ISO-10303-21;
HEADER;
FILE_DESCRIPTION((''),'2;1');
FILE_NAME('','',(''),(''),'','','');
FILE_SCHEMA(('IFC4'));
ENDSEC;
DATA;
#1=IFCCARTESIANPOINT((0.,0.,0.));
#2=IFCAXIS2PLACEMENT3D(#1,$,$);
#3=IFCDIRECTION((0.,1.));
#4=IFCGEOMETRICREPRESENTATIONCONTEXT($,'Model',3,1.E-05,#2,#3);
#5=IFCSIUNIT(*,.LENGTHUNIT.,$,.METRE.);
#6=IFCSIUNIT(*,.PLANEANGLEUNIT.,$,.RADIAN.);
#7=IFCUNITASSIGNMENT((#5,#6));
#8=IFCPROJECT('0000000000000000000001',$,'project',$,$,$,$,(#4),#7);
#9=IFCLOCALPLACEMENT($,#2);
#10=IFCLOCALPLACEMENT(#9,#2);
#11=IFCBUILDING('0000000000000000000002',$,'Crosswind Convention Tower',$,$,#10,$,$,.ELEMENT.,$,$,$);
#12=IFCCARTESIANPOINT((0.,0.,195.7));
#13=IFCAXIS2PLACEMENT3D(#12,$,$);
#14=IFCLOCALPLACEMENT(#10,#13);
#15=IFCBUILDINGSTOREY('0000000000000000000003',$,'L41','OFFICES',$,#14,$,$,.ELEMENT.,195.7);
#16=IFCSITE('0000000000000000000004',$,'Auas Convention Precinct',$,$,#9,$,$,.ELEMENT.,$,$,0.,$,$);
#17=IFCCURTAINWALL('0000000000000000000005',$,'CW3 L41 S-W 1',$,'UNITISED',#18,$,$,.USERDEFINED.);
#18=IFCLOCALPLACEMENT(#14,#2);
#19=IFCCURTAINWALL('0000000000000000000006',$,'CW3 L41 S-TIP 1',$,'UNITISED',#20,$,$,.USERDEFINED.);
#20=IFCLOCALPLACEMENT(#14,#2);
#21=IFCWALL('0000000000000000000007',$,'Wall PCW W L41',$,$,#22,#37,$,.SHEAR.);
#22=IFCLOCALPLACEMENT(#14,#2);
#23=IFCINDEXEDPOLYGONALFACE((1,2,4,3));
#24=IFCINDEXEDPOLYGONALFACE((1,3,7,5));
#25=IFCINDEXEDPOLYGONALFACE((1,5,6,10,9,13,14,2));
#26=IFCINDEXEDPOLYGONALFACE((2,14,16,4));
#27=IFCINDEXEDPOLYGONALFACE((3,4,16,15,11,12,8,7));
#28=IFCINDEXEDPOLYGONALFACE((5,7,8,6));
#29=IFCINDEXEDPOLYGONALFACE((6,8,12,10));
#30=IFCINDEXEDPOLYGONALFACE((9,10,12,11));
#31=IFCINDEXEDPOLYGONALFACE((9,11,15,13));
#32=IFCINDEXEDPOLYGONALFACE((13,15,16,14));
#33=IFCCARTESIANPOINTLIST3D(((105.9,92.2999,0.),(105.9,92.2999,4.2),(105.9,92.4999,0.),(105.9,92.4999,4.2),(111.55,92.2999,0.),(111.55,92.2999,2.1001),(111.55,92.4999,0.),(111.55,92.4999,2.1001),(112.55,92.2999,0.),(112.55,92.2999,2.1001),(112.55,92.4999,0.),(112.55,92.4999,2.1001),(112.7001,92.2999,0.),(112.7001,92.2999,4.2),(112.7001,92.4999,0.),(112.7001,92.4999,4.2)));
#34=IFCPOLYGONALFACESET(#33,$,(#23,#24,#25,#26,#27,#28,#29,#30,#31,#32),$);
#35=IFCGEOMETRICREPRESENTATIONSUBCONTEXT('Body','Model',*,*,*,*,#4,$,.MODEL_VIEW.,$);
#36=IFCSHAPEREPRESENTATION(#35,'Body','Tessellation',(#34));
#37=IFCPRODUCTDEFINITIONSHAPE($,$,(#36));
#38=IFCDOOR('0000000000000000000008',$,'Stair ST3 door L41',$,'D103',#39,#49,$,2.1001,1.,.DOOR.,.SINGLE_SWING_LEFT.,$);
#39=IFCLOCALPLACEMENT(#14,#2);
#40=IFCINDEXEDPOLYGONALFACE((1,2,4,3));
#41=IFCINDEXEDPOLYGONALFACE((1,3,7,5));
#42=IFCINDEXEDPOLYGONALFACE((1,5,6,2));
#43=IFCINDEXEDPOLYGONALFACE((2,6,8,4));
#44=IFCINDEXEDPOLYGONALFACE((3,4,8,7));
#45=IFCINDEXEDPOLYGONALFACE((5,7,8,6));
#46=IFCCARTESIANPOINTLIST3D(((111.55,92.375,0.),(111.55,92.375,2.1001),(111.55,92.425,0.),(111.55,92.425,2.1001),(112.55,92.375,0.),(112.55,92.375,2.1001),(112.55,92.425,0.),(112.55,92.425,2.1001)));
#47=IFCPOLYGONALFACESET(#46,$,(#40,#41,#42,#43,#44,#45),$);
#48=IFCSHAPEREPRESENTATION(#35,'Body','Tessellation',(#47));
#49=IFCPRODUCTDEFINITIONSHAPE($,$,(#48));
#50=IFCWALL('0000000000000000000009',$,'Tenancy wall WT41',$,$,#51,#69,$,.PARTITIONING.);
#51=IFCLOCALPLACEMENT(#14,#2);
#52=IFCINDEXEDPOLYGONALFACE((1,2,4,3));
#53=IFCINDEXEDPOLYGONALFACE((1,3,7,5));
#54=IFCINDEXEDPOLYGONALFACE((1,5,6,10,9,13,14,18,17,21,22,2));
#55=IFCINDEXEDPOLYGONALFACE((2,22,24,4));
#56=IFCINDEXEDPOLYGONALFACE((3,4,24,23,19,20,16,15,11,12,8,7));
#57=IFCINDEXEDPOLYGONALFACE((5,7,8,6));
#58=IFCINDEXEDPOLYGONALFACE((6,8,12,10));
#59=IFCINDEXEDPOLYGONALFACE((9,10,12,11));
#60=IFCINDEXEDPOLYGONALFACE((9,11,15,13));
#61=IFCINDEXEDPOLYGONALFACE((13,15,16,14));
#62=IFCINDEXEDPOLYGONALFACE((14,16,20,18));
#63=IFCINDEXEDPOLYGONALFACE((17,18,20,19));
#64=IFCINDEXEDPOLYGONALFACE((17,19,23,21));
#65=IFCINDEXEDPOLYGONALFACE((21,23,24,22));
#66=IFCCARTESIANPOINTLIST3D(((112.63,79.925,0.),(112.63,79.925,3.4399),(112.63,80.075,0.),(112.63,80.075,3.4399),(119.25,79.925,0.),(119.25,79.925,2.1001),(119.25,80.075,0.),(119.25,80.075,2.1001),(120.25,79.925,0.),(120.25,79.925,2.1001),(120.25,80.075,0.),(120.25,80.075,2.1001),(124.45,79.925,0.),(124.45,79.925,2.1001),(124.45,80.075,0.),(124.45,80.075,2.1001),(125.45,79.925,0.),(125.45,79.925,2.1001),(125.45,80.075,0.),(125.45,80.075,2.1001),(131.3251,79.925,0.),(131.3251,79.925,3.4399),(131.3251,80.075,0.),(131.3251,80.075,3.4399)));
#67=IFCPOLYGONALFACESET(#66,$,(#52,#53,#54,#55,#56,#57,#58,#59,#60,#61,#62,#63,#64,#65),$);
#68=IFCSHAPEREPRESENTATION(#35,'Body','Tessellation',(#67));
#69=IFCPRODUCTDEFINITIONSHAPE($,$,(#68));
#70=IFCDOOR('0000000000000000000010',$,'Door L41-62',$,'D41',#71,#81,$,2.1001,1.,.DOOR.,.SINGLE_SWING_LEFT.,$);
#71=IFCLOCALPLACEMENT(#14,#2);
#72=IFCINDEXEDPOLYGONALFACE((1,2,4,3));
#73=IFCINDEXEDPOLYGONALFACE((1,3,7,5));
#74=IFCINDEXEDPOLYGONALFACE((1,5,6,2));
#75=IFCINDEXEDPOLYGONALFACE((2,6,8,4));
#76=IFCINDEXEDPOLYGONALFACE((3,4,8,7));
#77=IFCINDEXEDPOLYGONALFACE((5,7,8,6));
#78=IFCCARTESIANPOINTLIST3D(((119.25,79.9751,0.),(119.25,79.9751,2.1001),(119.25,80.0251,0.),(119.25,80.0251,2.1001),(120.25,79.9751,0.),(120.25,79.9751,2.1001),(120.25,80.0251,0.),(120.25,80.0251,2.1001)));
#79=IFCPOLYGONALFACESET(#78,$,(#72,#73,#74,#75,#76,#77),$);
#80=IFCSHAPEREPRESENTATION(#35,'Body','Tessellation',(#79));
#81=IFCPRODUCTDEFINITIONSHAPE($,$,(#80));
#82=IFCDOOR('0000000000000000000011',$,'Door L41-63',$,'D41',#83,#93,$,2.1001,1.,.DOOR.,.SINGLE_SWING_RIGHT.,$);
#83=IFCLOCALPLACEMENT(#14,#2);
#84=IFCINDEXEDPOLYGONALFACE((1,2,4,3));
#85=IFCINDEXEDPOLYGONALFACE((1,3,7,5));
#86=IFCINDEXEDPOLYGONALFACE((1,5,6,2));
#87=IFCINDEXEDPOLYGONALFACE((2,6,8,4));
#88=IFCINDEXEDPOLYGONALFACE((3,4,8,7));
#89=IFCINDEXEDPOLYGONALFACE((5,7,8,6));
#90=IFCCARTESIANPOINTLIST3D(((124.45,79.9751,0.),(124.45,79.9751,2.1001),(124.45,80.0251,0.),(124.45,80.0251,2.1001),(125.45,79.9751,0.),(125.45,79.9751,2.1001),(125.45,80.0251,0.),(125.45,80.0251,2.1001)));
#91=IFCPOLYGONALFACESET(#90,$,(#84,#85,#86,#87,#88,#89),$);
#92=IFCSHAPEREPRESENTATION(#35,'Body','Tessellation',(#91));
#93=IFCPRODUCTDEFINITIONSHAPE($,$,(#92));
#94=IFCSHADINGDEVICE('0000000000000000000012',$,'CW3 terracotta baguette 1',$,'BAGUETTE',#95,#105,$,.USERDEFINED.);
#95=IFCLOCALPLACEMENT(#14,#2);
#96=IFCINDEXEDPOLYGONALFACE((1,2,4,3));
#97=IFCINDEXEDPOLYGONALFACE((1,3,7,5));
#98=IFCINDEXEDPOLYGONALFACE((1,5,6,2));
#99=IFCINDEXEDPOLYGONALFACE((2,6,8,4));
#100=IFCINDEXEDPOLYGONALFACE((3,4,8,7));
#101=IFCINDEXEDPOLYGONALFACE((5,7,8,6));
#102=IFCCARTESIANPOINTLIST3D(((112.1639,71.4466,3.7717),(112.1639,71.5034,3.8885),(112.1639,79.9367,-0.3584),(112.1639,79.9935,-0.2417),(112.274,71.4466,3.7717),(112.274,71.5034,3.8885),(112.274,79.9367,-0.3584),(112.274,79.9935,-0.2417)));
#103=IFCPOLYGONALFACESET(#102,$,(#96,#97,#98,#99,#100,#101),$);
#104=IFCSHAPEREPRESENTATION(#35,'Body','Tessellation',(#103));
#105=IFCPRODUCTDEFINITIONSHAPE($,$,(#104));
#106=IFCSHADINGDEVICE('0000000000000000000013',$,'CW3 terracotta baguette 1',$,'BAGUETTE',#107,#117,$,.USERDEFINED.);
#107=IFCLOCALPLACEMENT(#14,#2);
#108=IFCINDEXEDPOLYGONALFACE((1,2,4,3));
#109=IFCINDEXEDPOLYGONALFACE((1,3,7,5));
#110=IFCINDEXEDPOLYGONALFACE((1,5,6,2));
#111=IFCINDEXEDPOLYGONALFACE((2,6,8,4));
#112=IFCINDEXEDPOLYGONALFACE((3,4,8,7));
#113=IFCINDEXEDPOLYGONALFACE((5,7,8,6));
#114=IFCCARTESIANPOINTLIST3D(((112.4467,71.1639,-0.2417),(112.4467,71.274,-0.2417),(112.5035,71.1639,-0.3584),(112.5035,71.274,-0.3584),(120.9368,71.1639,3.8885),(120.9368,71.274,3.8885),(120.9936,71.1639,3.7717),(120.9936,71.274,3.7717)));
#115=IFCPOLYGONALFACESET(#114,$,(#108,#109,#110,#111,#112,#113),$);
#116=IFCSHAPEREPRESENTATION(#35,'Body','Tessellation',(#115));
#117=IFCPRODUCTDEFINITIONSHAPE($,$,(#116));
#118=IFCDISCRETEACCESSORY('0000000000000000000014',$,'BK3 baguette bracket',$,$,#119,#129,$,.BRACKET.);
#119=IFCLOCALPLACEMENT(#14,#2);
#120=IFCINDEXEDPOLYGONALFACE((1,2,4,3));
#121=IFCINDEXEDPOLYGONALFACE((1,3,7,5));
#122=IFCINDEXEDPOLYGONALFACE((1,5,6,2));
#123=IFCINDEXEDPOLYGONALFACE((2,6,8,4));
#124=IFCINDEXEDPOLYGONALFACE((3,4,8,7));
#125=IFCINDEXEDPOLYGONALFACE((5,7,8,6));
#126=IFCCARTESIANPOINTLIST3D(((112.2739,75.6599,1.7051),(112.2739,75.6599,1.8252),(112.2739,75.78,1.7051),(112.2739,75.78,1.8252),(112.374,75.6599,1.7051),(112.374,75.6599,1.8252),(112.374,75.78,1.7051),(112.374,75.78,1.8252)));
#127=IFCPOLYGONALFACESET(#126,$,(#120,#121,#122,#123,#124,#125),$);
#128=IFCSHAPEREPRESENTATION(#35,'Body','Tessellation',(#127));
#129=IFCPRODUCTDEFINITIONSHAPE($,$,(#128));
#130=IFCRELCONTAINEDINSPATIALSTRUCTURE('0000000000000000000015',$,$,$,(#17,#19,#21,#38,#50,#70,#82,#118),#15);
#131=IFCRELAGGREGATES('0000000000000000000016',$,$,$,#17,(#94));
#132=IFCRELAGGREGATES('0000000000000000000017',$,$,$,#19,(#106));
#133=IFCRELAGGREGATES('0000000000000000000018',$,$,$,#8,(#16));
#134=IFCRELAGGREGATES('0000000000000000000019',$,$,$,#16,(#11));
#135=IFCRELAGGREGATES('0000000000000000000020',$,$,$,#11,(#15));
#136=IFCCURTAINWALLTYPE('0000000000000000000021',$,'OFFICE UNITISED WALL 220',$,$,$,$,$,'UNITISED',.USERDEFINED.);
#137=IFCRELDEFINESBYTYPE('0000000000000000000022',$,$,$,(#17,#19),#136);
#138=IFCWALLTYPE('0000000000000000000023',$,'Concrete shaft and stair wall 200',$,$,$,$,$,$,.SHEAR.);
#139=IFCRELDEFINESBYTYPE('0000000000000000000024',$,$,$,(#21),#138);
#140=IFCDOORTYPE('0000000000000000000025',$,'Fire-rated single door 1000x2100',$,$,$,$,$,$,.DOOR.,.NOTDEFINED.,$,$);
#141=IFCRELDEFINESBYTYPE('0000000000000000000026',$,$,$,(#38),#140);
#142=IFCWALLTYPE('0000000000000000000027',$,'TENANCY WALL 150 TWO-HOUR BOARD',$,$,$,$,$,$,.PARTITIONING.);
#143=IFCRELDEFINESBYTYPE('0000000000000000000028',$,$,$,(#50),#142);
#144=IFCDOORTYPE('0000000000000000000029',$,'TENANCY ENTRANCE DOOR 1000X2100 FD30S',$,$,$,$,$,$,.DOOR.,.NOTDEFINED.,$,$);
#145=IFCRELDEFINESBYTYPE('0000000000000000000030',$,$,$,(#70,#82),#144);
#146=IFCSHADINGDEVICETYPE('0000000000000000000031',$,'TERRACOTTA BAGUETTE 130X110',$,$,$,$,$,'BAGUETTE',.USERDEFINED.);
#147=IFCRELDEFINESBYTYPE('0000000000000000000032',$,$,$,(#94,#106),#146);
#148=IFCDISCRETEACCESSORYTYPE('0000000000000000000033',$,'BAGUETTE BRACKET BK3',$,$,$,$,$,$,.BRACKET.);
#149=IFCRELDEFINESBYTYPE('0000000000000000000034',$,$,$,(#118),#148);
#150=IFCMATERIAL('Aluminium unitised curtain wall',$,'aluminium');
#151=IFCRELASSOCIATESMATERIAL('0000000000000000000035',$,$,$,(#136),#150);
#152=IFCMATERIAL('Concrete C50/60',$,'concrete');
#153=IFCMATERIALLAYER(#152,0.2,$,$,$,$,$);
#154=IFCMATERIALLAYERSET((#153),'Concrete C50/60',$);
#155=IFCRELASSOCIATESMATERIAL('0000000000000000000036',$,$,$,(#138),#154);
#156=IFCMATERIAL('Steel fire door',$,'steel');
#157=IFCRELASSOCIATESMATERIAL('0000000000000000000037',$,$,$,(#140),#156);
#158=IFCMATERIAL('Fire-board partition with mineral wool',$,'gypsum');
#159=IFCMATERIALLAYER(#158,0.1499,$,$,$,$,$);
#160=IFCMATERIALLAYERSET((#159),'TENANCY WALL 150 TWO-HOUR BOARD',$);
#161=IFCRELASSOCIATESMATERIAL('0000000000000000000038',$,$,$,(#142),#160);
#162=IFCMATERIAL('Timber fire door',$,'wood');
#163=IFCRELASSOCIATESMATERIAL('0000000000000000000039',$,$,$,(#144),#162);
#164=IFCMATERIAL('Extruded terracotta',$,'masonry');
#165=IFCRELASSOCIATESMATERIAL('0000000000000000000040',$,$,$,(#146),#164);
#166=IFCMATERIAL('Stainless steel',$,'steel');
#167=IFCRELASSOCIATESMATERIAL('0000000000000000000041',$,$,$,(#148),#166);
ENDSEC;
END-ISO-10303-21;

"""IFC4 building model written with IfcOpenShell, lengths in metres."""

from ifc_helpers import new_model, si_unit, direction, frame, frame_2d, origin, origin_2d, place, context, subcontext, project, spatial, rectangle, extrude, material, layer, layer_set, material_profile, profile_set, type_object, element, fill, aggregate, save


model = new_model("IFC4")

# Units and contexts
model_context = context("Model", 3, precision=1e-05, world=origin(), true_north=direction((0.0, 1.0)))
body_context = subcontext(model_context, "Body", "Model", "MODEL_VIEW")
ifc_project = project(units=[si_unit("LENGTHUNIT", "METRE"), si_unit("PLANEANGLEUNIT", "RADIAN")], contexts=[model_context])

# Site, building, storey
site_placement = place(None, origin())
site = spatial("IfcSite", under=ifc_project, at=site_placement, Name="Auas Convention Precinct", CompositionType="ELEMENT", RefElevation=0.0)
building_placement = place(site_placement, origin())
building = spatial("IfcBuilding", under=site, at=building_placement, Name="Crosswind Convention Tower", CompositionType="ELEMENT")
storey_placement = place(building_placement, frame((0.0, 0.0, 195.7)))
storey = spatial("IfcBuildingStorey", under=building, at=storey_placement, Name="L41", Description="OFFICES", CompositionType="ELEMENT", Elevation=195.7)

# Curtain wall
ifc_material_1 = material(Name="Aluminium unitised curtain wall", Category="aluminium")
curtain_wall_type_1 = type_object("IfcCurtainWallType", Name="OFFICE UNITISED WALL 220", ElementType="UNITISED", PredefinedType="USERDEFINED", material=ifc_material_1)
curtain_wall_1_placement = place(storey_placement, origin())
curtain_wall_1 = element("IfcCurtainWall", 1, at=curtain_wall_1_placement, inside=storey, type_object=curtain_wall_type_1, Name="CW3 L41 S-W 1", ObjectType="UNITISED", PredefinedType="USERDEFINED")

# Curtain wall
curtain_wall_2_placement = place(storey_placement, origin())
curtain_wall_2 = element("IfcCurtainWall", 2, at=curtain_wall_2_placement, inside=storey, type_object=curtain_wall_type_1, Name="CW3 L41 S-TIP 1", ObjectType="UNITISED", PredefinedType="USERDEFINED")

# Wall, opening, door
ifc_material_2 = material(Name="Concrete C50/60", Category="concrete")
ifc_layer_1 = layer(ifc_material_2, 0.2)
ifc_layer_set_1 = layer_set([ifc_layer_1], Name="Concrete C50/60")
wall_type_1 = type_object("IfcWallType", Name="Concrete shaft and stair wall 200", PredefinedType="SHEAR", material=ifc_layer_set_1)
ifc_material_3 = material(Name="Steel fire door", Category="steel")
wall_1_placement = place(storey_placement, frame((112.7, 92.3999, 0.0), z_axis=(0.0, 0.0, 1.0), x_axis=(-1.0, 0.0, 0.0)))
wall_1 = element("IfcWall", 3, at=wall_1_placement, inside=storey, type_object=wall_type_1, Name="Wall PCW W L41", PredefinedType="SHEAR", context=body_context, shape_type="SweptSolid", body=[
    extrude(rectangle(XDim=6.8, YDim=0.2, at=frame_2d((3.3999, 0.0))), origin(), (0.0, 0.0, 1.0), 4.2),
])
opening_1_placement = place(wall_1_placement, frame((0.1499, 0.0, 0.0)))
opening_1 = element("IfcOpeningElement", 4, at=opening_1_placement, cuts=wall_1, PredefinedType="OPENING", context=body_context, shape_type="SweptSolid", body=[
    extrude(rectangle(XDim=1.0, YDim=2.1001, at=frame_2d((0.5, 1.05))), frame((0.0, 0.1099, 0.0), z_axis=(0.0, -1.0, 0.0), x_axis=(1.0, 0.0, 0.0)), (0.0, 0.0, 1.0), 0.22),
])
door_type_1 = type_object("IfcDoorType", Name="Fire-rated single door 1000x2100", OperationType="NOTDEFINED", PredefinedType="DOOR", material=ifc_material_3)
door_1_placement = place(opening_1_placement, origin())
door_1 = element("IfcDoor", 5, at=door_1_placement, inside=storey, type_object=door_type_1, Name="Stair ST3 door L41", ObjectType="D103", OperationType="SINGLE_SWING_LEFT", OverallHeight=2.1001, OverallWidth=1.0, PredefinedType="DOOR", context=body_context, shape_type="SweptSolid", body=[
    extrude(rectangle(XDim=1.0, YDim=2.1001, at=frame_2d((0.5, 1.05))), frame((0.0, 0.0249, 0.0), z_axis=(0.0, -1.0, 0.0), x_axis=(1.0, 0.0, 0.0)), (0.0, 0.0, 1.0), 0.05),
])
fill(opening_1, door_1)

# Wall, openings, doors
ifc_material_4 = material(Name="Fire-board partition with mineral wool", Category="gypsum")
ifc_layer_2 = layer(ifc_material_4, 0.1499)
ifc_layer_set_2 = layer_set([ifc_layer_2], Name="TENANCY WALL 150 TWO-HOUR BOARD")
wall_type_2 = type_object("IfcWallType", Name="TENANCY WALL 150 TWO-HOUR BOARD", PredefinedType="PARTITIONING", material=ifc_layer_set_2)
wall_2_placement = place(storey_placement, frame((112.6299, 80.0, 0.0), z_axis=(0.0, 0.0, 1.0), x_axis=(1.0, 0.0, 0.0)))
wall_2 = element("IfcWall", 6, at=wall_2_placement, inside=storey, type_object=wall_type_2, Name="Tenancy wall WT41", PredefinedType="PARTITIONING", context=body_context, shape_type="SweptSolid", body=[
    extrude(rectangle(XDim=18.6951, YDim=0.1499, at=frame_2d((9.3477, 0.0))), origin(), (0.0, 0.0, 1.0), 3.4399),
])
opening_2_placement = place(wall_2_placement, frame((6.6201, 0.0, 0.0)))
opening_2 = element("IfcOpeningElement", 7, at=opening_2_placement, cuts=wall_2, PredefinedType="OPENING", context=body_context, shape_type="SweptSolid", body=[
    extrude(rectangle(XDim=1.0, YDim=2.1001, at=frame_2d((0.5, 1.05))), frame((0.0, 0.085, 0.0), z_axis=(0.0, -1.0, 0.0), x_axis=(1.0, 0.0, 0.0)), (0.0, 0.0, 1.0), 0.1699),
])
opening_3_placement = place(wall_2_placement, frame((11.8201, 0.0, 0.0)))
opening_3 = element("IfcOpeningElement", 8, at=opening_3_placement, cuts=wall_2, PredefinedType="OPENING", context=body_context, shape_type="SweptSolid", body=[
    extrude(rectangle(XDim=1.0, YDim=2.1001, at=frame_2d((0.5, 1.05))), frame((0.0, 0.085, 0.0), z_axis=(0.0, -1.0, 0.0), x_axis=(1.0, 0.0, 0.0)), (0.0, 0.0, 1.0), 0.1699),
])
ifc_material_5 = material(Name="Timber fire door", Category="wood")
door_type_2 = type_object("IfcDoorType", Name="TENANCY ENTRANCE DOOR 1000X2100 FD30S", OperationType="NOTDEFINED", PredefinedType="DOOR", material=ifc_material_5)
door_2_placement = place(opening_2_placement, frame((1.0, 0.0, 0.0), z_axis=(0.0, 0.0, 1.0), x_axis=(-1.0, 0.0, 0.0)))
door_2 = element("IfcDoor", 9, at=door_2_placement, inside=storey, type_object=door_type_2, Name="Door L41-62", ObjectType="D41", OperationType="SINGLE_SWING_LEFT", OverallHeight=2.1001, OverallWidth=1.0, PredefinedType="DOOR", context=body_context, shape_type="SweptSolid", body=[
    extrude(rectangle(XDim=1.0, YDim=2.1001, at=frame_2d((0.5, 1.05))), frame((0.0, 0.0249, 0.0), z_axis=(0.0, -1.0, 0.0), x_axis=(1.0, 0.0, 0.0)), (0.0, 0.0, 1.0), 0.05),
])
fill(opening_2, door_2)
door_3_placement = place(opening_3_placement, frame((1.0, 0.0, 0.0), z_axis=(0.0, 0.0, 1.0), x_axis=(-1.0, 0.0, 0.0)))
door_3 = element("IfcDoor", 10, at=door_3_placement, inside=storey, type_object=door_type_2, Name="Door L41-63", ObjectType="D41", OperationType="SINGLE_SWING_RIGHT", OverallHeight=2.1001, OverallWidth=1.0, PredefinedType="DOOR", context=body_context, shape_type="SweptSolid", body=[
    extrude(rectangle(XDim=1.0, YDim=2.1001, at=frame_2d((0.5, 1.05))), frame((0.0, 0.0249, 0.0), z_axis=(0.0, -1.0, 0.0), x_axis=(1.0, 0.0, 0.0)), (0.0, 0.0, 1.0), 0.05),
])
fill(opening_3, door_3)

# Shading devices
ifc_material_6 = material(Name="Extruded terracotta", Category="masonry")
ifc_material_profile_1 = material_profile(ifc_material_6, rectangle(XDim=0.1101, YDim=0.1299, at=origin_2d()), Name="TC 110X130")
ifc_profile_set_1 = profile_set([ifc_material_profile_1], Name="Extruded terracotta")
shading_device_type = type_object("IfcShadingDeviceType", Name="TERRACOTTA BAGUETTE 130X110", ElementType="BAGUETTE", PredefinedType="USERDEFINED", material=ifc_profile_set_1)
shading_device_1_placement = place(storey_placement, frame((112.219, 79.9651, -0.3), z_axis=(0.0, -0.899241, 0.437454), x_axis=(1.0, 0.0, 0.0)))
shading_device_1 = element("IfcShadingDevice", 11, at=shading_device_1_placement, type_object=shading_device_type, Name="CW3 terracotta baguette 1", ObjectType="BAGUETTE", PredefinedType="USERDEFINED", context=body_context, shape_type="SweptSolid", body=[
    extrude(rectangle(XDim=0.1101, YDim=0.1299, at=origin_2d()), origin(), (0.0, 0.0, 1.0), 9.4414),
])
aggregate(curtain_wall_1, [shading_device_1])
shading_device_2_placement = place(storey_placement, frame((112.4751, 71.219, -0.3), z_axis=(0.899241, 0.0, 0.437454), x_axis=(0.0, 1.0, 0.0)))
shading_device_2 = element("IfcShadingDevice", 12, at=shading_device_2_placement, type_object=shading_device_type, Name="CW3 terracotta baguette 1", ObjectType="BAGUETTE", PredefinedType="USERDEFINED", context=body_context, shape_type="SweptSolid", body=[
    extrude(rectangle(XDim=0.1101, YDim=0.1299, at=origin_2d()), origin(), (0.0, 0.0, 1.0), 9.4414),
])
aggregate(curtain_wall_2, [shading_device_2])

# Discrete accessory
ifc_material_7 = material(Name="Stainless steel", Category="steel")
discrete_accessory_type = type_object("IfcDiscreteAccessoryType", Name="BAGUETTE BRACKET BK3", PredefinedType="BRACKET", material=ifc_material_7)
discrete_accessory_placement = place(storey_placement, frame((112.324, 75.72, 1.7051), z_axis=(0.0, 0.0, 1.0), x_axis=(0.0, -1.0, 0.0)))
element("IfcDiscreteAccessory", 13, at=discrete_accessory_placement, inside=storey, type_object=discrete_accessory_type, Name="BK3 baguette bracket", PredefinedType="BRACKET", context=body_context, shape_type="SweptSolid", body=[
    extrude(rectangle(XDim=0.1201, YDim=0.1001, at=origin_2d()), origin(), (0.0, 0.0, 1.0), 0.1201),
])

save(model, "model.ifc")
